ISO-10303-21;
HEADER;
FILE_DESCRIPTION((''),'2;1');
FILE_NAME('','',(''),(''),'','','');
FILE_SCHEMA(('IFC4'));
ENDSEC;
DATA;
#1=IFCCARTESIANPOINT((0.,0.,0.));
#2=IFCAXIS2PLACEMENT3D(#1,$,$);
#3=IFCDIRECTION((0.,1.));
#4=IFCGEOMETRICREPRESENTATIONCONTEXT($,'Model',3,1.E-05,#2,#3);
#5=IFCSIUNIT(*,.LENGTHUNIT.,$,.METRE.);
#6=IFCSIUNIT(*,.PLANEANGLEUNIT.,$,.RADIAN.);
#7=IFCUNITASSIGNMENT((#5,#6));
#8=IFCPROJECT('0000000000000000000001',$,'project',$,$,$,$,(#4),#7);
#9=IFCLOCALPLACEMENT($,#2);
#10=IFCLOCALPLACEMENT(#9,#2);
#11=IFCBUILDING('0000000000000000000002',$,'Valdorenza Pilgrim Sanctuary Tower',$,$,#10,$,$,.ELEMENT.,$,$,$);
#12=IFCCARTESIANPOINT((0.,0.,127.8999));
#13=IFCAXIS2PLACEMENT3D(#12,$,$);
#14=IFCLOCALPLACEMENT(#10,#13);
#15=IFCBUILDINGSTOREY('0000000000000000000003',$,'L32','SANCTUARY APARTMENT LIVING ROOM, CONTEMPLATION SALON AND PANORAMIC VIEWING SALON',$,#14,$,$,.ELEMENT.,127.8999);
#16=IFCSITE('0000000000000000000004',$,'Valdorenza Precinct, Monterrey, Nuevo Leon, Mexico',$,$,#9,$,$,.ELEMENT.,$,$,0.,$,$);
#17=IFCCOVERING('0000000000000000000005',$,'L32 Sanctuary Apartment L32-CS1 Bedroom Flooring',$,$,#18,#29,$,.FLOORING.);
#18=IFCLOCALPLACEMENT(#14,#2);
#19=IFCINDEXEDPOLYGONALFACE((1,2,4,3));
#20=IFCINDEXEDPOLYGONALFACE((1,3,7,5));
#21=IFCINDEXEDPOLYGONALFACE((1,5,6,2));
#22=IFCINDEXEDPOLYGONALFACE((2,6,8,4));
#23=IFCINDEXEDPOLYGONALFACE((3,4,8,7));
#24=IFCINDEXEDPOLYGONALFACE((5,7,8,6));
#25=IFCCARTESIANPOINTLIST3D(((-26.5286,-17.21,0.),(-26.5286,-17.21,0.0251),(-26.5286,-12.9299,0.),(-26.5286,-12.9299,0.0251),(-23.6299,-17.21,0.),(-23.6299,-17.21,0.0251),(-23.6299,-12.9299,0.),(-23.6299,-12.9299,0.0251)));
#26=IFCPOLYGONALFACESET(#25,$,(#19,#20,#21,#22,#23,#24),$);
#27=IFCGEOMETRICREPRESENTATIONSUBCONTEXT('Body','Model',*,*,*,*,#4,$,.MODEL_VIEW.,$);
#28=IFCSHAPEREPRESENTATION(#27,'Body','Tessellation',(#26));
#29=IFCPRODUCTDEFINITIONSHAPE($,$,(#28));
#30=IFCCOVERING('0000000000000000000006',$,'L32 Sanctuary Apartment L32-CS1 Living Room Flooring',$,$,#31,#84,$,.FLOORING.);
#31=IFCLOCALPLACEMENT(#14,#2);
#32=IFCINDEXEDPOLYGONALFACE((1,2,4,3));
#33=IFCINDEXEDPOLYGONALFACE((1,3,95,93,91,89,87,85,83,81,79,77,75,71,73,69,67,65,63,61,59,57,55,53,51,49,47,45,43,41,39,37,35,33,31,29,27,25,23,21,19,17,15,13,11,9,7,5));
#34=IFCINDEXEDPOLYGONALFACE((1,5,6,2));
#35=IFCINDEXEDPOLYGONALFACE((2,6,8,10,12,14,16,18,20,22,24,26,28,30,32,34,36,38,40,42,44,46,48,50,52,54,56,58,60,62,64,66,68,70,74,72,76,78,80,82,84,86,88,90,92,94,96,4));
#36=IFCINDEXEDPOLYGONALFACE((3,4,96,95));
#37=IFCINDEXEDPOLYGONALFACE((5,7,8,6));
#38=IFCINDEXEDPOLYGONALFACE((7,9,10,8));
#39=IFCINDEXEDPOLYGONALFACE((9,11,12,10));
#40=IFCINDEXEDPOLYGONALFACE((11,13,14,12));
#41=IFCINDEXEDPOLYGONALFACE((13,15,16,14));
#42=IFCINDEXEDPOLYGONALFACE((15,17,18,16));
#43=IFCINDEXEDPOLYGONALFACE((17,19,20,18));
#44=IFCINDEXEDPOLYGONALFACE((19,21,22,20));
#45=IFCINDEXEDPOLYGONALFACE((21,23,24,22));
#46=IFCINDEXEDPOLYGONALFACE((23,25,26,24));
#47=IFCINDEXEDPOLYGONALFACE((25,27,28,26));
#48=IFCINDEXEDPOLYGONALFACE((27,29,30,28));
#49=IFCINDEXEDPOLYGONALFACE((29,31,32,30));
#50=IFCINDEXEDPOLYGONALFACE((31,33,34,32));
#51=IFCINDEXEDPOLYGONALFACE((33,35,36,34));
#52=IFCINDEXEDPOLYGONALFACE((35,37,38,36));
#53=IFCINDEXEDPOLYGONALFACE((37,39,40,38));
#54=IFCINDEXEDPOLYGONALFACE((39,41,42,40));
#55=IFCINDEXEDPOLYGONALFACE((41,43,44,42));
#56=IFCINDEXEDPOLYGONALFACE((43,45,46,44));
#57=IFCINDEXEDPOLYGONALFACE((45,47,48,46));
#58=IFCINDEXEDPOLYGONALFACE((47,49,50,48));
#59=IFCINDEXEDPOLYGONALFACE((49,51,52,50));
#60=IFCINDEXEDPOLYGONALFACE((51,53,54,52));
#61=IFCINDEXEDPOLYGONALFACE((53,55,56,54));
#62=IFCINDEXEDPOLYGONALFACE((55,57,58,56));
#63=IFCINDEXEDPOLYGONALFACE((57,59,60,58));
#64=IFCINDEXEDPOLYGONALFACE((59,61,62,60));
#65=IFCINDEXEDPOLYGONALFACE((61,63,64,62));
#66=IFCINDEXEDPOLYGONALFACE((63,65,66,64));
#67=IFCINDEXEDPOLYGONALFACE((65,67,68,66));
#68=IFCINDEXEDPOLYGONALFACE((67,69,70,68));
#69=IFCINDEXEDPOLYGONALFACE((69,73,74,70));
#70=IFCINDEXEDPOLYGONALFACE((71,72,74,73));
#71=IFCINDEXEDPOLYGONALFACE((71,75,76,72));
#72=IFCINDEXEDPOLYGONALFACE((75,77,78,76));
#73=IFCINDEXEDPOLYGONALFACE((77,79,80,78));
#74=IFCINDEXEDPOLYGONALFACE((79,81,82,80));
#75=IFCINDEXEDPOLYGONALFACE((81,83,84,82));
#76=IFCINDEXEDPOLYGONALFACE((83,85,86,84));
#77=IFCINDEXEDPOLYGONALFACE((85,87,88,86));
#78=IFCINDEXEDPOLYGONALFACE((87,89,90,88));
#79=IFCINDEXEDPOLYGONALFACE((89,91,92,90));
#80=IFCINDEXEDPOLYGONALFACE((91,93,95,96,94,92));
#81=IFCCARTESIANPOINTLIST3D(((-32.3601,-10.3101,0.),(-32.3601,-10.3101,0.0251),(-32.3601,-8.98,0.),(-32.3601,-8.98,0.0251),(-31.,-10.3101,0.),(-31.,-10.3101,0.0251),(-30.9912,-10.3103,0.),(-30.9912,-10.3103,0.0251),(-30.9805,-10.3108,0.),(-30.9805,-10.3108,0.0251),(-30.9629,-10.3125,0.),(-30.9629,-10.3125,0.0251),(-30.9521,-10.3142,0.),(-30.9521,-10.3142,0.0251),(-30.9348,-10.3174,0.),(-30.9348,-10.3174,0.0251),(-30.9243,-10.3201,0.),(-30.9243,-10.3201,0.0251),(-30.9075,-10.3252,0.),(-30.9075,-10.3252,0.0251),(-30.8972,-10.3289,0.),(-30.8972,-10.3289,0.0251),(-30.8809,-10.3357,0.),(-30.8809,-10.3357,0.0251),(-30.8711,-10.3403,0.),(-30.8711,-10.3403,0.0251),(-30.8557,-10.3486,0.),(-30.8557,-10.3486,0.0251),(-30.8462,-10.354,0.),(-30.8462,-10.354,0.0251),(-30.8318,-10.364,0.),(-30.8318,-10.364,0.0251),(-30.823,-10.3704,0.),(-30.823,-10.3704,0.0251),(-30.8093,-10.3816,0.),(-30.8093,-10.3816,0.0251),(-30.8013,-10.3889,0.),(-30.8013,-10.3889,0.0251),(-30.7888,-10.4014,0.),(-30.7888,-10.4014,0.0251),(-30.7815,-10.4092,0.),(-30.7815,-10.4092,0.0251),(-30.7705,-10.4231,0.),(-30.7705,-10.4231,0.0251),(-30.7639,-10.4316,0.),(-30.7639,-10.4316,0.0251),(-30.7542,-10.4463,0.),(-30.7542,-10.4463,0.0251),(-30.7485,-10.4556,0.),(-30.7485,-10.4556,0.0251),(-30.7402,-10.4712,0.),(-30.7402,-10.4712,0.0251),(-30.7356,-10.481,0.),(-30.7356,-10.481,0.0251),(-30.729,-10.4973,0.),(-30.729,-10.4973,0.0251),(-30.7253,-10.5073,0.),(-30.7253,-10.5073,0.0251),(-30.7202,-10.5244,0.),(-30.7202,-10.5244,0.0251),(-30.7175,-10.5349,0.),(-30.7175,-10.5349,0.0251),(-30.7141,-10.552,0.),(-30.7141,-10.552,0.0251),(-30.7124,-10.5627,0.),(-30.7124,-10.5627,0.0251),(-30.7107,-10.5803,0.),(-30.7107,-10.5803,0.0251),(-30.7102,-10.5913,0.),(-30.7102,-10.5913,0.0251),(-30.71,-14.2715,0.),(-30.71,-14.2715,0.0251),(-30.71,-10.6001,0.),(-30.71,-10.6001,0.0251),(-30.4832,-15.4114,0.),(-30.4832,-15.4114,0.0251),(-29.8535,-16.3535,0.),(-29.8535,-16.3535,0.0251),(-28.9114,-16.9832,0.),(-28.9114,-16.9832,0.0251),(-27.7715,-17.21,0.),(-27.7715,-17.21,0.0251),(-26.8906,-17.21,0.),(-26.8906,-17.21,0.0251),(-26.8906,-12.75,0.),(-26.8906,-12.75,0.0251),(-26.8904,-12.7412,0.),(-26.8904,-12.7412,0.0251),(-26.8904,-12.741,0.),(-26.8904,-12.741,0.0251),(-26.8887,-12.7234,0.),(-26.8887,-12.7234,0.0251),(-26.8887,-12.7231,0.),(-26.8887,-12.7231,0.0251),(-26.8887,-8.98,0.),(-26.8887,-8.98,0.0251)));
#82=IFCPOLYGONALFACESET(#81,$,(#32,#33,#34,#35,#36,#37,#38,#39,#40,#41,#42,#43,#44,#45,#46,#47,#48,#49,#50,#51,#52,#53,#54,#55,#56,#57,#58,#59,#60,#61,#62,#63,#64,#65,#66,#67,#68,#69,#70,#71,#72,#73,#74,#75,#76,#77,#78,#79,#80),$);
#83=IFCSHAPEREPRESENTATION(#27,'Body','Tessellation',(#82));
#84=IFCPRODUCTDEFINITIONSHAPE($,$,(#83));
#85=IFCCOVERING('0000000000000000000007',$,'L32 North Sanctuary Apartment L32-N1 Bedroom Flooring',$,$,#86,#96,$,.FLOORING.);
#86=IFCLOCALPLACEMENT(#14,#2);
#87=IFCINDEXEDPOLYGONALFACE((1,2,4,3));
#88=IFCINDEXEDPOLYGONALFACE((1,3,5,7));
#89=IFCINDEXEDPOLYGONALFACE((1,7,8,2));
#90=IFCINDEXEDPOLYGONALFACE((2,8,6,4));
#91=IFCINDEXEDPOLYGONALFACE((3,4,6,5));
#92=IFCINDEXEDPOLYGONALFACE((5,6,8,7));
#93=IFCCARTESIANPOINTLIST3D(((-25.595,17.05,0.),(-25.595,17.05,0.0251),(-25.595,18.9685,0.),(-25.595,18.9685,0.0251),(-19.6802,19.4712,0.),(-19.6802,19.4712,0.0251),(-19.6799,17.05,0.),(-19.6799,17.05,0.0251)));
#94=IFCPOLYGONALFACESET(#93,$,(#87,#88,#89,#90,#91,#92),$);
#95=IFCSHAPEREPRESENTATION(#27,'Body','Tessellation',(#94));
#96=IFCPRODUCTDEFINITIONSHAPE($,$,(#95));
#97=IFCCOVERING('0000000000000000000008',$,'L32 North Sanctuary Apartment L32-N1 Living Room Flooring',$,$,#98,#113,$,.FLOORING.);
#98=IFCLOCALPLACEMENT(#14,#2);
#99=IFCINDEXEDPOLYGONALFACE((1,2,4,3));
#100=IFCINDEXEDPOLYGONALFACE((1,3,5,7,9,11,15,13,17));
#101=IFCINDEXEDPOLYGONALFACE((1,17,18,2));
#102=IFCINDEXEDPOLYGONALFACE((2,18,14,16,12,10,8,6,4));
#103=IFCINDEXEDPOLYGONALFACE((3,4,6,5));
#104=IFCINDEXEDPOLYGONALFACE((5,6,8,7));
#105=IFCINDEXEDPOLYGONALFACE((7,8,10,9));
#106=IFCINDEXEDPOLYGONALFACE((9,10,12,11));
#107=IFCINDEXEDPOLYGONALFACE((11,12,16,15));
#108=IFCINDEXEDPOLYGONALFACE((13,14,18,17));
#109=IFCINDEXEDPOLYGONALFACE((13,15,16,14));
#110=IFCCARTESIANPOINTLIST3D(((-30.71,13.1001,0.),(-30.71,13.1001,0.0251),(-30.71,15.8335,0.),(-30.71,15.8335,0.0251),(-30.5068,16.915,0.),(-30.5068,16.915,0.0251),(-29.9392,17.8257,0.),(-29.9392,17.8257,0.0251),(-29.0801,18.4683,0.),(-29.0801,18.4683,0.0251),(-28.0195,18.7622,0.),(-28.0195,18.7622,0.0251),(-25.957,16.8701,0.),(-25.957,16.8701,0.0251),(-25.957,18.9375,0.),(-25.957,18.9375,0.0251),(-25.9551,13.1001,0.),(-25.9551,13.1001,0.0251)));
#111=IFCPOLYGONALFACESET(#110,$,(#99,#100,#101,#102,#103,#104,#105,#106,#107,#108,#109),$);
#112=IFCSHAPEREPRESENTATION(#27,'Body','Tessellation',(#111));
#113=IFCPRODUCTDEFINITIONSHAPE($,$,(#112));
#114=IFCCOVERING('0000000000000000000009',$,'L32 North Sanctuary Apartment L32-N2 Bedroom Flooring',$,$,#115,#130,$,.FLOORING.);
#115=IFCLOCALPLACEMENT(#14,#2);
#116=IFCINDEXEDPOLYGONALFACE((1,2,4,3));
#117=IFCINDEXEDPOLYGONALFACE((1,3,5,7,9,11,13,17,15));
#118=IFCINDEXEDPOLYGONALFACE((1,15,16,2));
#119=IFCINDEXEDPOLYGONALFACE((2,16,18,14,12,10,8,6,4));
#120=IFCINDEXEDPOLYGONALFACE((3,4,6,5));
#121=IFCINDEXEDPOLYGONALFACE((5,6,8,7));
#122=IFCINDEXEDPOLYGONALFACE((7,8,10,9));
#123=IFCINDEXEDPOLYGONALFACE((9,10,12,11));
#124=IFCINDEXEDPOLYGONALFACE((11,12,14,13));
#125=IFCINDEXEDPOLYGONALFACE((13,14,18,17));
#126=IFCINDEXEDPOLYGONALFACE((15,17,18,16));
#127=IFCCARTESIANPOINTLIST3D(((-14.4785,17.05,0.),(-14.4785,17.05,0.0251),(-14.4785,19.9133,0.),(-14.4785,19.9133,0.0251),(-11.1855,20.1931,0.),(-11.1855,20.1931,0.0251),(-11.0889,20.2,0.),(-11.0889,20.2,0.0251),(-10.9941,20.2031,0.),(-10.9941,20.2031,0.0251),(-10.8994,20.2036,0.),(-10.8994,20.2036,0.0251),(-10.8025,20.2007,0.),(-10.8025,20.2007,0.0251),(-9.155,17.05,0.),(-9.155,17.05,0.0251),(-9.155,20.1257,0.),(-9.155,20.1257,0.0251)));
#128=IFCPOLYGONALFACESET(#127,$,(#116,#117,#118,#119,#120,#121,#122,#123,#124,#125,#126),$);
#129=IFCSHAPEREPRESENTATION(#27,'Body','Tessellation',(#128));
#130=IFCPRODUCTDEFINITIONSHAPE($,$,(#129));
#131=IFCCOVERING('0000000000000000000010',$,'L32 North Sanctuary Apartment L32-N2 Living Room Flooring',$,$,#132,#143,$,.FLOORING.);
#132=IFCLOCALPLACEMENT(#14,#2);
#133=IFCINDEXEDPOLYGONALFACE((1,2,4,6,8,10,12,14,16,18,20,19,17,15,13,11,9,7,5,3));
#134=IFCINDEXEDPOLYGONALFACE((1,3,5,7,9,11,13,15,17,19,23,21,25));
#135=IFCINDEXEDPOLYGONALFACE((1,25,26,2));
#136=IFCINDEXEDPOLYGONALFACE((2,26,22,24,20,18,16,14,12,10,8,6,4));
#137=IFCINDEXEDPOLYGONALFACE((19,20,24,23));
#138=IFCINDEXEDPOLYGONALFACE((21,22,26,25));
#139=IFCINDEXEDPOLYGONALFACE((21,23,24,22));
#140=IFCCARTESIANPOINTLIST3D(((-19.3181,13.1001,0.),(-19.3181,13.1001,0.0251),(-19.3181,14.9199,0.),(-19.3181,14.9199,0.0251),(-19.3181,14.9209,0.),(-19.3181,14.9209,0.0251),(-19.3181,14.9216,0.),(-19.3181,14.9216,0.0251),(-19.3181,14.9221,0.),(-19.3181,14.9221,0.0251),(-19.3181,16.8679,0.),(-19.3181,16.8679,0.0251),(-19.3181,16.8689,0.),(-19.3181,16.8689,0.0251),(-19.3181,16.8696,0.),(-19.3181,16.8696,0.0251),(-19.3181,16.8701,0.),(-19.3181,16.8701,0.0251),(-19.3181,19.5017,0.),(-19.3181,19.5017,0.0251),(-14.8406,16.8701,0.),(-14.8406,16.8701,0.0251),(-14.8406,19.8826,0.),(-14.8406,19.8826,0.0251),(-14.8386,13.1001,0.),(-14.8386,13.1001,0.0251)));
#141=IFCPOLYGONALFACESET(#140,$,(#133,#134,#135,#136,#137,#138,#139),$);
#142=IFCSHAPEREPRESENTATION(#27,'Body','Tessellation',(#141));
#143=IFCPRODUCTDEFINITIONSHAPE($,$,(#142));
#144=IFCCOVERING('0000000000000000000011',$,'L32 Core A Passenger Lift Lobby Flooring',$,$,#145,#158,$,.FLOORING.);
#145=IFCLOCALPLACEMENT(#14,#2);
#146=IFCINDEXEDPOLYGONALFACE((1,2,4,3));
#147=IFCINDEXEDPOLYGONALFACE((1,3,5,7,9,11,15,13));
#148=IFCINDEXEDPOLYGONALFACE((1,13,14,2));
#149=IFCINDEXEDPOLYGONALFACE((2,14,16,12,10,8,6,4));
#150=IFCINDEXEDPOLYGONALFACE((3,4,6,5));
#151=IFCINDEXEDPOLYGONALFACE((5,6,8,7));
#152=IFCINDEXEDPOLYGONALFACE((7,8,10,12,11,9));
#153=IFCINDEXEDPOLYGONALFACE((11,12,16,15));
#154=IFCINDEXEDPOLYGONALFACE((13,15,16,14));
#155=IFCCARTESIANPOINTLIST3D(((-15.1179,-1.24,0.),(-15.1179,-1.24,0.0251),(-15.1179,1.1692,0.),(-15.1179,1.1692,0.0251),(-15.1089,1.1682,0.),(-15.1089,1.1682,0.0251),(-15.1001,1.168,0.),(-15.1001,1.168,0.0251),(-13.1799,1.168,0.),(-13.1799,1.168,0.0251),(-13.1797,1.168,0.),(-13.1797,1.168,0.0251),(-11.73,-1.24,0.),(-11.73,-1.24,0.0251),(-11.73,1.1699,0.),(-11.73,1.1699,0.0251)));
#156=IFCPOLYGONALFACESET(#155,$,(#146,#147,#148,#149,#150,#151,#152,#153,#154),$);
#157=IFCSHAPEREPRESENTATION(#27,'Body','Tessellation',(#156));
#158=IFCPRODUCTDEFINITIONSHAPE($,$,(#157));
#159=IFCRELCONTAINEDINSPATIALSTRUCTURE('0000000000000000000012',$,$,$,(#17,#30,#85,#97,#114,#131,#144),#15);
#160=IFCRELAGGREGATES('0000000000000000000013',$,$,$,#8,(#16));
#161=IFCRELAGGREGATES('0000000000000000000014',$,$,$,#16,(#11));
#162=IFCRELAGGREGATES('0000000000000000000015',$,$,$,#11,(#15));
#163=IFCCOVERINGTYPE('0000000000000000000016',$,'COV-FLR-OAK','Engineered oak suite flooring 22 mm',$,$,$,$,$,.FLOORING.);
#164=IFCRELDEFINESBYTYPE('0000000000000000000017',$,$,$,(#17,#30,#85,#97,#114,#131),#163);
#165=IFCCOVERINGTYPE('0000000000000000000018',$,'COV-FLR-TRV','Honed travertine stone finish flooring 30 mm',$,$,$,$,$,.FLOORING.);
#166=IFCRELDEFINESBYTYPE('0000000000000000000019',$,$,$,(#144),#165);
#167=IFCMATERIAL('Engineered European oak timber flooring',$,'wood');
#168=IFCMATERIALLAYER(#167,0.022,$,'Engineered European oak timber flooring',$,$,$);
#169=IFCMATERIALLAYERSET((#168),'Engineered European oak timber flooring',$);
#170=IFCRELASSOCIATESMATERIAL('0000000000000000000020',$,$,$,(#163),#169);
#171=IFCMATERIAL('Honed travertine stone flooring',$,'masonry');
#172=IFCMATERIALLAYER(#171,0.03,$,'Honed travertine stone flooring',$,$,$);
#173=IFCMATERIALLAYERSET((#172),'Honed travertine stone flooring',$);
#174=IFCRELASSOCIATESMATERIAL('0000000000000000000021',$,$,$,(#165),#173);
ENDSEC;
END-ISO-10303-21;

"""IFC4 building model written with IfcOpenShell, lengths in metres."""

from ifc_helpers import new_model, si_unit, direction, frame, origin, place, context, subcontext, project, spatial, polyline, outline, extrude, material, layer, layer_set, type_object, element, save


model = new_model("IFC4")

# Units and contexts
model_context = context("Model", 3, precision=1e-05, world=origin(), true_north=direction((0.0, 1.0)))
body_context = subcontext(model_context, "Body", "Model", "MODEL_VIEW")
ifc_project = project(units=[si_unit("LENGTHUNIT", "METRE"), si_unit("PLANEANGLEUNIT", "RADIAN")], contexts=[model_context])

# Site, building, storey
site_placement = place(None, origin())
site = spatial("IfcSite", under=ifc_project, at=site_placement, Name="Valdorenza Precinct, Monterrey, Nuevo Leon, Mexico", CompositionType="ELEMENT", RefElevation=0.0)
building_placement = place(site_placement, origin())
building = spatial("IfcBuilding", under=site, at=building_placement, Name="Valdorenza Pilgrim Sanctuary Tower", CompositionType="ELEMENT")
storey_placement = place(building_placement, frame((0.0, 0.0, 127.8999)))
storey = spatial("IfcBuildingStorey", under=building, at=storey_placement, Name="L32", Description="SANCTUARY APARTMENT LIVING ROOM, CONTEMPLATION SALON AND PANORAMIC VIEWING SALON", CompositionType="ELEMENT", Elevation=127.8999)

# Coverings
ifc_material_1 = material(Name="Engineered European oak timber flooring", Category="wood")
ifc_layer_1 = layer(ifc_material_1, 0.022, Name="Engineered European oak timber flooring")
ifc_layer_set_1 = layer_set([ifc_layer_1], Name="Engineered European oak timber flooring")
covering_type_1 = type_object("IfcCoveringType", Name="COV-FLR-OAK", Description="Engineered oak suite flooring 22 mm", PredefinedType="FLOORING", material=ifc_layer_set_1)
covering_1_placement = place(storey_placement, origin())
element("IfcCovering", 1, at=covering_1_placement, inside=storey, type_object=covering_type_1, Name="L32 Sanctuary Apartment L32-CS1 Bedroom Flooring", PredefinedType="FLOORING", context=body_context, shape_type="SweptSolid", body=[
    extrude(outline(polyline([(-26.5286, -12.9299), (-23.6299, -12.9299), (-23.6299, -17.21), (-26.5286, -17.21), (-26.5286, -12.9299)])), origin(), (0.0, 0.0, 1.0), 0.0251),
])
covering_2_placement = place(storey_placement, origin())
element("IfcCovering", 2, at=covering_2_placement, inside=storey, type_object=covering_type_1, Name="L32 Sanctuary Apartment L32-CS1 Living Room Flooring", PredefinedType="FLOORING", context=body_context, shape_type="SweptSolid", body=[
    extrude(outline(polyline([(-28.9114, -16.9832), (-29.8535, -16.3535), (-30.4832, -15.4114), (-30.71, -14.2715), (-30.71, -10.6001), (-30.7102, -10.5913), (-30.7107, -10.5803), (-30.7124, -10.5627), (-30.7141, -10.552), (-30.7175, -10.5349), (-30.7202, -10.5244), (-30.7253, -10.5073), (-30.729, -10.4973), (-30.7356, -10.481), (-30.7402, -10.4712), (-30.7485, -10.4556), (-30.7542, -10.4463), (-30.7639, -10.4316), (-30.7705, -10.4231), (-30.7815, -10.4092), (-30.7888, -10.4014), (-30.8013, -10.3889), (-30.8093, -10.3816), (-30.823, -10.3704), (-30.8318, -10.364), (-30.8462, -10.354), (-30.8557, -10.3486), (-30.8711, -10.3403), (-30.8809, -10.3357), (-30.8972, -10.3289), (-30.9075, -10.3252), (-30.9243, -10.3201), (-30.9348, -10.3174), (-30.9521, -10.3142), (-30.9629, -10.3125), (-30.9805, -10.3108), (-30.9912, -10.3103), (-31.0, -10.3101), (-32.3601, -10.3101), (-32.3601, -8.98), (-26.8887, -8.98), (-26.8887, -12.7231), (-26.8887, -12.7231), (-26.8887, -12.7234), (-26.8904, -12.741), (-26.8904, -12.7412), (-26.8906, -12.75), (-26.8906, -17.21), (-27.7715, -17.21), (-28.9114, -16.9832)])), origin(), (0.0, 0.0, 1.0), 0.0251),
])
covering_3_placement = place(storey_placement, origin())
element("IfcCovering", 3, at=covering_3_placement, inside=storey, type_object=covering_type_1, Name="L32 North Sanctuary Apartment L32-N1 Bedroom Flooring", PredefinedType="FLOORING", context=body_context, shape_type="SweptSolid", body=[
    extrude(outline(polyline([(-19.6799, 17.05), (-25.595, 17.05), (-25.595, 18.9685), (-19.6802, 19.4712), (-19.6799, 17.05)])), origin(), (0.0, 0.0, 1.0), 0.0251),
])
covering_4_placement = place(storey_placement, origin())
element("IfcCovering", 4, at=covering_4_placement, inside=storey, type_object=covering_type_1, Name="L32 North Sanctuary Apartment L32-N1 Living Room Flooring", PredefinedType="FLOORING", context=body_context, shape_type="SweptSolid", body=[
    extrude(outline(polyline([(-30.71, 13.1001), (-30.71, 15.8335), (-30.5068, 16.915), (-29.9392, 17.8257), (-29.0801, 18.4683), (-28.0195, 18.7622), (-25.957, 18.9375), (-25.957, 16.8701), (-25.9551, 13.1001), (-30.71, 13.1001)])), origin(), (0.0, 0.0, 1.0), 0.0251),
])
covering_5_placement = place(storey_placement, origin())
element("IfcCovering", 5, at=covering_5_placement, inside=storey, type_object=covering_type_1, Name="L32 North Sanctuary Apartment L32-N2 Bedroom Flooring", PredefinedType="FLOORING", context=body_context, shape_type="SweptSolid", body=[
    extrude(outline(polyline([(-14.4785, 17.05), (-14.4785, 19.9133), (-11.1855, 20.1931), (-11.0889, 20.2), (-10.9941, 20.2031), (-10.8994, 20.2036), (-10.8025, 20.2007), (-9.155, 20.1257), (-9.155, 17.05), (-14.4785, 17.05)])), origin(), (0.0, 0.0, 1.0), 0.0251),
])
covering_6_placement = place(storey_placement, origin())
element("IfcCovering", 6, at=covering_6_placement, inside=storey, type_object=covering_type_1, Name="L32 North Sanctuary Apartment L32-N2 Living Room Flooring", PredefinedType="FLOORING", context=body_context, shape_type="SweptSolid", body=[
    extrude(outline(polyline([(-19.3181, 14.9216), (-19.3181, 14.9221), (-19.3181, 16.8679), (-19.3181, 16.8689), (-19.3181, 16.8696), (-19.3181, 16.8701), (-19.3181, 19.5017), (-14.8406, 19.8826), (-14.8406, 16.8701), (-14.8386, 13.1001), (-19.3181, 13.1001), (-19.3181, 14.9199), (-19.3181, 14.9209), (-19.3181, 14.9216)])), origin(), (0.0, 0.0, 1.0), 0.0251),
])
ifc_material_2 = material(Name="Honed travertine stone flooring", Category="masonry")
ifc_layer_2 = layer(ifc_material_2, 0.03, Name="Honed travertine stone flooring")
ifc_layer_set_2 = layer_set([ifc_layer_2], Name="Honed travertine stone flooring")
covering_type_2 = type_object("IfcCoveringType", Name="COV-FLR-TRV", Description="Honed travertine stone finish flooring 30 mm", PredefinedType="FLOORING", material=ifc_layer_set_2)
covering_7_placement = place(storey_placement, origin())
element("IfcCovering", 7, at=covering_7_placement, inside=storey, type_object=covering_type_2, Name="L32 Core A Passenger Lift Lobby Flooring", PredefinedType="FLOORING", context=body_context, shape_type="SweptSolid", body=[
    extrude(outline(polyline([(-15.1179, 1.1692), (-15.1089, 1.1682), (-15.1089, 1.1682), (-15.1001, 1.168), (-13.1799, 1.168), (-13.1797, 1.168), (-11.73, 1.1699), (-11.73, -1.24), (-15.1179, -1.24), (-15.1179, 1.1692)])), origin(), (0.0, 0.0, 1.0), 0.0251),
])

save(model, "model.ifc")
